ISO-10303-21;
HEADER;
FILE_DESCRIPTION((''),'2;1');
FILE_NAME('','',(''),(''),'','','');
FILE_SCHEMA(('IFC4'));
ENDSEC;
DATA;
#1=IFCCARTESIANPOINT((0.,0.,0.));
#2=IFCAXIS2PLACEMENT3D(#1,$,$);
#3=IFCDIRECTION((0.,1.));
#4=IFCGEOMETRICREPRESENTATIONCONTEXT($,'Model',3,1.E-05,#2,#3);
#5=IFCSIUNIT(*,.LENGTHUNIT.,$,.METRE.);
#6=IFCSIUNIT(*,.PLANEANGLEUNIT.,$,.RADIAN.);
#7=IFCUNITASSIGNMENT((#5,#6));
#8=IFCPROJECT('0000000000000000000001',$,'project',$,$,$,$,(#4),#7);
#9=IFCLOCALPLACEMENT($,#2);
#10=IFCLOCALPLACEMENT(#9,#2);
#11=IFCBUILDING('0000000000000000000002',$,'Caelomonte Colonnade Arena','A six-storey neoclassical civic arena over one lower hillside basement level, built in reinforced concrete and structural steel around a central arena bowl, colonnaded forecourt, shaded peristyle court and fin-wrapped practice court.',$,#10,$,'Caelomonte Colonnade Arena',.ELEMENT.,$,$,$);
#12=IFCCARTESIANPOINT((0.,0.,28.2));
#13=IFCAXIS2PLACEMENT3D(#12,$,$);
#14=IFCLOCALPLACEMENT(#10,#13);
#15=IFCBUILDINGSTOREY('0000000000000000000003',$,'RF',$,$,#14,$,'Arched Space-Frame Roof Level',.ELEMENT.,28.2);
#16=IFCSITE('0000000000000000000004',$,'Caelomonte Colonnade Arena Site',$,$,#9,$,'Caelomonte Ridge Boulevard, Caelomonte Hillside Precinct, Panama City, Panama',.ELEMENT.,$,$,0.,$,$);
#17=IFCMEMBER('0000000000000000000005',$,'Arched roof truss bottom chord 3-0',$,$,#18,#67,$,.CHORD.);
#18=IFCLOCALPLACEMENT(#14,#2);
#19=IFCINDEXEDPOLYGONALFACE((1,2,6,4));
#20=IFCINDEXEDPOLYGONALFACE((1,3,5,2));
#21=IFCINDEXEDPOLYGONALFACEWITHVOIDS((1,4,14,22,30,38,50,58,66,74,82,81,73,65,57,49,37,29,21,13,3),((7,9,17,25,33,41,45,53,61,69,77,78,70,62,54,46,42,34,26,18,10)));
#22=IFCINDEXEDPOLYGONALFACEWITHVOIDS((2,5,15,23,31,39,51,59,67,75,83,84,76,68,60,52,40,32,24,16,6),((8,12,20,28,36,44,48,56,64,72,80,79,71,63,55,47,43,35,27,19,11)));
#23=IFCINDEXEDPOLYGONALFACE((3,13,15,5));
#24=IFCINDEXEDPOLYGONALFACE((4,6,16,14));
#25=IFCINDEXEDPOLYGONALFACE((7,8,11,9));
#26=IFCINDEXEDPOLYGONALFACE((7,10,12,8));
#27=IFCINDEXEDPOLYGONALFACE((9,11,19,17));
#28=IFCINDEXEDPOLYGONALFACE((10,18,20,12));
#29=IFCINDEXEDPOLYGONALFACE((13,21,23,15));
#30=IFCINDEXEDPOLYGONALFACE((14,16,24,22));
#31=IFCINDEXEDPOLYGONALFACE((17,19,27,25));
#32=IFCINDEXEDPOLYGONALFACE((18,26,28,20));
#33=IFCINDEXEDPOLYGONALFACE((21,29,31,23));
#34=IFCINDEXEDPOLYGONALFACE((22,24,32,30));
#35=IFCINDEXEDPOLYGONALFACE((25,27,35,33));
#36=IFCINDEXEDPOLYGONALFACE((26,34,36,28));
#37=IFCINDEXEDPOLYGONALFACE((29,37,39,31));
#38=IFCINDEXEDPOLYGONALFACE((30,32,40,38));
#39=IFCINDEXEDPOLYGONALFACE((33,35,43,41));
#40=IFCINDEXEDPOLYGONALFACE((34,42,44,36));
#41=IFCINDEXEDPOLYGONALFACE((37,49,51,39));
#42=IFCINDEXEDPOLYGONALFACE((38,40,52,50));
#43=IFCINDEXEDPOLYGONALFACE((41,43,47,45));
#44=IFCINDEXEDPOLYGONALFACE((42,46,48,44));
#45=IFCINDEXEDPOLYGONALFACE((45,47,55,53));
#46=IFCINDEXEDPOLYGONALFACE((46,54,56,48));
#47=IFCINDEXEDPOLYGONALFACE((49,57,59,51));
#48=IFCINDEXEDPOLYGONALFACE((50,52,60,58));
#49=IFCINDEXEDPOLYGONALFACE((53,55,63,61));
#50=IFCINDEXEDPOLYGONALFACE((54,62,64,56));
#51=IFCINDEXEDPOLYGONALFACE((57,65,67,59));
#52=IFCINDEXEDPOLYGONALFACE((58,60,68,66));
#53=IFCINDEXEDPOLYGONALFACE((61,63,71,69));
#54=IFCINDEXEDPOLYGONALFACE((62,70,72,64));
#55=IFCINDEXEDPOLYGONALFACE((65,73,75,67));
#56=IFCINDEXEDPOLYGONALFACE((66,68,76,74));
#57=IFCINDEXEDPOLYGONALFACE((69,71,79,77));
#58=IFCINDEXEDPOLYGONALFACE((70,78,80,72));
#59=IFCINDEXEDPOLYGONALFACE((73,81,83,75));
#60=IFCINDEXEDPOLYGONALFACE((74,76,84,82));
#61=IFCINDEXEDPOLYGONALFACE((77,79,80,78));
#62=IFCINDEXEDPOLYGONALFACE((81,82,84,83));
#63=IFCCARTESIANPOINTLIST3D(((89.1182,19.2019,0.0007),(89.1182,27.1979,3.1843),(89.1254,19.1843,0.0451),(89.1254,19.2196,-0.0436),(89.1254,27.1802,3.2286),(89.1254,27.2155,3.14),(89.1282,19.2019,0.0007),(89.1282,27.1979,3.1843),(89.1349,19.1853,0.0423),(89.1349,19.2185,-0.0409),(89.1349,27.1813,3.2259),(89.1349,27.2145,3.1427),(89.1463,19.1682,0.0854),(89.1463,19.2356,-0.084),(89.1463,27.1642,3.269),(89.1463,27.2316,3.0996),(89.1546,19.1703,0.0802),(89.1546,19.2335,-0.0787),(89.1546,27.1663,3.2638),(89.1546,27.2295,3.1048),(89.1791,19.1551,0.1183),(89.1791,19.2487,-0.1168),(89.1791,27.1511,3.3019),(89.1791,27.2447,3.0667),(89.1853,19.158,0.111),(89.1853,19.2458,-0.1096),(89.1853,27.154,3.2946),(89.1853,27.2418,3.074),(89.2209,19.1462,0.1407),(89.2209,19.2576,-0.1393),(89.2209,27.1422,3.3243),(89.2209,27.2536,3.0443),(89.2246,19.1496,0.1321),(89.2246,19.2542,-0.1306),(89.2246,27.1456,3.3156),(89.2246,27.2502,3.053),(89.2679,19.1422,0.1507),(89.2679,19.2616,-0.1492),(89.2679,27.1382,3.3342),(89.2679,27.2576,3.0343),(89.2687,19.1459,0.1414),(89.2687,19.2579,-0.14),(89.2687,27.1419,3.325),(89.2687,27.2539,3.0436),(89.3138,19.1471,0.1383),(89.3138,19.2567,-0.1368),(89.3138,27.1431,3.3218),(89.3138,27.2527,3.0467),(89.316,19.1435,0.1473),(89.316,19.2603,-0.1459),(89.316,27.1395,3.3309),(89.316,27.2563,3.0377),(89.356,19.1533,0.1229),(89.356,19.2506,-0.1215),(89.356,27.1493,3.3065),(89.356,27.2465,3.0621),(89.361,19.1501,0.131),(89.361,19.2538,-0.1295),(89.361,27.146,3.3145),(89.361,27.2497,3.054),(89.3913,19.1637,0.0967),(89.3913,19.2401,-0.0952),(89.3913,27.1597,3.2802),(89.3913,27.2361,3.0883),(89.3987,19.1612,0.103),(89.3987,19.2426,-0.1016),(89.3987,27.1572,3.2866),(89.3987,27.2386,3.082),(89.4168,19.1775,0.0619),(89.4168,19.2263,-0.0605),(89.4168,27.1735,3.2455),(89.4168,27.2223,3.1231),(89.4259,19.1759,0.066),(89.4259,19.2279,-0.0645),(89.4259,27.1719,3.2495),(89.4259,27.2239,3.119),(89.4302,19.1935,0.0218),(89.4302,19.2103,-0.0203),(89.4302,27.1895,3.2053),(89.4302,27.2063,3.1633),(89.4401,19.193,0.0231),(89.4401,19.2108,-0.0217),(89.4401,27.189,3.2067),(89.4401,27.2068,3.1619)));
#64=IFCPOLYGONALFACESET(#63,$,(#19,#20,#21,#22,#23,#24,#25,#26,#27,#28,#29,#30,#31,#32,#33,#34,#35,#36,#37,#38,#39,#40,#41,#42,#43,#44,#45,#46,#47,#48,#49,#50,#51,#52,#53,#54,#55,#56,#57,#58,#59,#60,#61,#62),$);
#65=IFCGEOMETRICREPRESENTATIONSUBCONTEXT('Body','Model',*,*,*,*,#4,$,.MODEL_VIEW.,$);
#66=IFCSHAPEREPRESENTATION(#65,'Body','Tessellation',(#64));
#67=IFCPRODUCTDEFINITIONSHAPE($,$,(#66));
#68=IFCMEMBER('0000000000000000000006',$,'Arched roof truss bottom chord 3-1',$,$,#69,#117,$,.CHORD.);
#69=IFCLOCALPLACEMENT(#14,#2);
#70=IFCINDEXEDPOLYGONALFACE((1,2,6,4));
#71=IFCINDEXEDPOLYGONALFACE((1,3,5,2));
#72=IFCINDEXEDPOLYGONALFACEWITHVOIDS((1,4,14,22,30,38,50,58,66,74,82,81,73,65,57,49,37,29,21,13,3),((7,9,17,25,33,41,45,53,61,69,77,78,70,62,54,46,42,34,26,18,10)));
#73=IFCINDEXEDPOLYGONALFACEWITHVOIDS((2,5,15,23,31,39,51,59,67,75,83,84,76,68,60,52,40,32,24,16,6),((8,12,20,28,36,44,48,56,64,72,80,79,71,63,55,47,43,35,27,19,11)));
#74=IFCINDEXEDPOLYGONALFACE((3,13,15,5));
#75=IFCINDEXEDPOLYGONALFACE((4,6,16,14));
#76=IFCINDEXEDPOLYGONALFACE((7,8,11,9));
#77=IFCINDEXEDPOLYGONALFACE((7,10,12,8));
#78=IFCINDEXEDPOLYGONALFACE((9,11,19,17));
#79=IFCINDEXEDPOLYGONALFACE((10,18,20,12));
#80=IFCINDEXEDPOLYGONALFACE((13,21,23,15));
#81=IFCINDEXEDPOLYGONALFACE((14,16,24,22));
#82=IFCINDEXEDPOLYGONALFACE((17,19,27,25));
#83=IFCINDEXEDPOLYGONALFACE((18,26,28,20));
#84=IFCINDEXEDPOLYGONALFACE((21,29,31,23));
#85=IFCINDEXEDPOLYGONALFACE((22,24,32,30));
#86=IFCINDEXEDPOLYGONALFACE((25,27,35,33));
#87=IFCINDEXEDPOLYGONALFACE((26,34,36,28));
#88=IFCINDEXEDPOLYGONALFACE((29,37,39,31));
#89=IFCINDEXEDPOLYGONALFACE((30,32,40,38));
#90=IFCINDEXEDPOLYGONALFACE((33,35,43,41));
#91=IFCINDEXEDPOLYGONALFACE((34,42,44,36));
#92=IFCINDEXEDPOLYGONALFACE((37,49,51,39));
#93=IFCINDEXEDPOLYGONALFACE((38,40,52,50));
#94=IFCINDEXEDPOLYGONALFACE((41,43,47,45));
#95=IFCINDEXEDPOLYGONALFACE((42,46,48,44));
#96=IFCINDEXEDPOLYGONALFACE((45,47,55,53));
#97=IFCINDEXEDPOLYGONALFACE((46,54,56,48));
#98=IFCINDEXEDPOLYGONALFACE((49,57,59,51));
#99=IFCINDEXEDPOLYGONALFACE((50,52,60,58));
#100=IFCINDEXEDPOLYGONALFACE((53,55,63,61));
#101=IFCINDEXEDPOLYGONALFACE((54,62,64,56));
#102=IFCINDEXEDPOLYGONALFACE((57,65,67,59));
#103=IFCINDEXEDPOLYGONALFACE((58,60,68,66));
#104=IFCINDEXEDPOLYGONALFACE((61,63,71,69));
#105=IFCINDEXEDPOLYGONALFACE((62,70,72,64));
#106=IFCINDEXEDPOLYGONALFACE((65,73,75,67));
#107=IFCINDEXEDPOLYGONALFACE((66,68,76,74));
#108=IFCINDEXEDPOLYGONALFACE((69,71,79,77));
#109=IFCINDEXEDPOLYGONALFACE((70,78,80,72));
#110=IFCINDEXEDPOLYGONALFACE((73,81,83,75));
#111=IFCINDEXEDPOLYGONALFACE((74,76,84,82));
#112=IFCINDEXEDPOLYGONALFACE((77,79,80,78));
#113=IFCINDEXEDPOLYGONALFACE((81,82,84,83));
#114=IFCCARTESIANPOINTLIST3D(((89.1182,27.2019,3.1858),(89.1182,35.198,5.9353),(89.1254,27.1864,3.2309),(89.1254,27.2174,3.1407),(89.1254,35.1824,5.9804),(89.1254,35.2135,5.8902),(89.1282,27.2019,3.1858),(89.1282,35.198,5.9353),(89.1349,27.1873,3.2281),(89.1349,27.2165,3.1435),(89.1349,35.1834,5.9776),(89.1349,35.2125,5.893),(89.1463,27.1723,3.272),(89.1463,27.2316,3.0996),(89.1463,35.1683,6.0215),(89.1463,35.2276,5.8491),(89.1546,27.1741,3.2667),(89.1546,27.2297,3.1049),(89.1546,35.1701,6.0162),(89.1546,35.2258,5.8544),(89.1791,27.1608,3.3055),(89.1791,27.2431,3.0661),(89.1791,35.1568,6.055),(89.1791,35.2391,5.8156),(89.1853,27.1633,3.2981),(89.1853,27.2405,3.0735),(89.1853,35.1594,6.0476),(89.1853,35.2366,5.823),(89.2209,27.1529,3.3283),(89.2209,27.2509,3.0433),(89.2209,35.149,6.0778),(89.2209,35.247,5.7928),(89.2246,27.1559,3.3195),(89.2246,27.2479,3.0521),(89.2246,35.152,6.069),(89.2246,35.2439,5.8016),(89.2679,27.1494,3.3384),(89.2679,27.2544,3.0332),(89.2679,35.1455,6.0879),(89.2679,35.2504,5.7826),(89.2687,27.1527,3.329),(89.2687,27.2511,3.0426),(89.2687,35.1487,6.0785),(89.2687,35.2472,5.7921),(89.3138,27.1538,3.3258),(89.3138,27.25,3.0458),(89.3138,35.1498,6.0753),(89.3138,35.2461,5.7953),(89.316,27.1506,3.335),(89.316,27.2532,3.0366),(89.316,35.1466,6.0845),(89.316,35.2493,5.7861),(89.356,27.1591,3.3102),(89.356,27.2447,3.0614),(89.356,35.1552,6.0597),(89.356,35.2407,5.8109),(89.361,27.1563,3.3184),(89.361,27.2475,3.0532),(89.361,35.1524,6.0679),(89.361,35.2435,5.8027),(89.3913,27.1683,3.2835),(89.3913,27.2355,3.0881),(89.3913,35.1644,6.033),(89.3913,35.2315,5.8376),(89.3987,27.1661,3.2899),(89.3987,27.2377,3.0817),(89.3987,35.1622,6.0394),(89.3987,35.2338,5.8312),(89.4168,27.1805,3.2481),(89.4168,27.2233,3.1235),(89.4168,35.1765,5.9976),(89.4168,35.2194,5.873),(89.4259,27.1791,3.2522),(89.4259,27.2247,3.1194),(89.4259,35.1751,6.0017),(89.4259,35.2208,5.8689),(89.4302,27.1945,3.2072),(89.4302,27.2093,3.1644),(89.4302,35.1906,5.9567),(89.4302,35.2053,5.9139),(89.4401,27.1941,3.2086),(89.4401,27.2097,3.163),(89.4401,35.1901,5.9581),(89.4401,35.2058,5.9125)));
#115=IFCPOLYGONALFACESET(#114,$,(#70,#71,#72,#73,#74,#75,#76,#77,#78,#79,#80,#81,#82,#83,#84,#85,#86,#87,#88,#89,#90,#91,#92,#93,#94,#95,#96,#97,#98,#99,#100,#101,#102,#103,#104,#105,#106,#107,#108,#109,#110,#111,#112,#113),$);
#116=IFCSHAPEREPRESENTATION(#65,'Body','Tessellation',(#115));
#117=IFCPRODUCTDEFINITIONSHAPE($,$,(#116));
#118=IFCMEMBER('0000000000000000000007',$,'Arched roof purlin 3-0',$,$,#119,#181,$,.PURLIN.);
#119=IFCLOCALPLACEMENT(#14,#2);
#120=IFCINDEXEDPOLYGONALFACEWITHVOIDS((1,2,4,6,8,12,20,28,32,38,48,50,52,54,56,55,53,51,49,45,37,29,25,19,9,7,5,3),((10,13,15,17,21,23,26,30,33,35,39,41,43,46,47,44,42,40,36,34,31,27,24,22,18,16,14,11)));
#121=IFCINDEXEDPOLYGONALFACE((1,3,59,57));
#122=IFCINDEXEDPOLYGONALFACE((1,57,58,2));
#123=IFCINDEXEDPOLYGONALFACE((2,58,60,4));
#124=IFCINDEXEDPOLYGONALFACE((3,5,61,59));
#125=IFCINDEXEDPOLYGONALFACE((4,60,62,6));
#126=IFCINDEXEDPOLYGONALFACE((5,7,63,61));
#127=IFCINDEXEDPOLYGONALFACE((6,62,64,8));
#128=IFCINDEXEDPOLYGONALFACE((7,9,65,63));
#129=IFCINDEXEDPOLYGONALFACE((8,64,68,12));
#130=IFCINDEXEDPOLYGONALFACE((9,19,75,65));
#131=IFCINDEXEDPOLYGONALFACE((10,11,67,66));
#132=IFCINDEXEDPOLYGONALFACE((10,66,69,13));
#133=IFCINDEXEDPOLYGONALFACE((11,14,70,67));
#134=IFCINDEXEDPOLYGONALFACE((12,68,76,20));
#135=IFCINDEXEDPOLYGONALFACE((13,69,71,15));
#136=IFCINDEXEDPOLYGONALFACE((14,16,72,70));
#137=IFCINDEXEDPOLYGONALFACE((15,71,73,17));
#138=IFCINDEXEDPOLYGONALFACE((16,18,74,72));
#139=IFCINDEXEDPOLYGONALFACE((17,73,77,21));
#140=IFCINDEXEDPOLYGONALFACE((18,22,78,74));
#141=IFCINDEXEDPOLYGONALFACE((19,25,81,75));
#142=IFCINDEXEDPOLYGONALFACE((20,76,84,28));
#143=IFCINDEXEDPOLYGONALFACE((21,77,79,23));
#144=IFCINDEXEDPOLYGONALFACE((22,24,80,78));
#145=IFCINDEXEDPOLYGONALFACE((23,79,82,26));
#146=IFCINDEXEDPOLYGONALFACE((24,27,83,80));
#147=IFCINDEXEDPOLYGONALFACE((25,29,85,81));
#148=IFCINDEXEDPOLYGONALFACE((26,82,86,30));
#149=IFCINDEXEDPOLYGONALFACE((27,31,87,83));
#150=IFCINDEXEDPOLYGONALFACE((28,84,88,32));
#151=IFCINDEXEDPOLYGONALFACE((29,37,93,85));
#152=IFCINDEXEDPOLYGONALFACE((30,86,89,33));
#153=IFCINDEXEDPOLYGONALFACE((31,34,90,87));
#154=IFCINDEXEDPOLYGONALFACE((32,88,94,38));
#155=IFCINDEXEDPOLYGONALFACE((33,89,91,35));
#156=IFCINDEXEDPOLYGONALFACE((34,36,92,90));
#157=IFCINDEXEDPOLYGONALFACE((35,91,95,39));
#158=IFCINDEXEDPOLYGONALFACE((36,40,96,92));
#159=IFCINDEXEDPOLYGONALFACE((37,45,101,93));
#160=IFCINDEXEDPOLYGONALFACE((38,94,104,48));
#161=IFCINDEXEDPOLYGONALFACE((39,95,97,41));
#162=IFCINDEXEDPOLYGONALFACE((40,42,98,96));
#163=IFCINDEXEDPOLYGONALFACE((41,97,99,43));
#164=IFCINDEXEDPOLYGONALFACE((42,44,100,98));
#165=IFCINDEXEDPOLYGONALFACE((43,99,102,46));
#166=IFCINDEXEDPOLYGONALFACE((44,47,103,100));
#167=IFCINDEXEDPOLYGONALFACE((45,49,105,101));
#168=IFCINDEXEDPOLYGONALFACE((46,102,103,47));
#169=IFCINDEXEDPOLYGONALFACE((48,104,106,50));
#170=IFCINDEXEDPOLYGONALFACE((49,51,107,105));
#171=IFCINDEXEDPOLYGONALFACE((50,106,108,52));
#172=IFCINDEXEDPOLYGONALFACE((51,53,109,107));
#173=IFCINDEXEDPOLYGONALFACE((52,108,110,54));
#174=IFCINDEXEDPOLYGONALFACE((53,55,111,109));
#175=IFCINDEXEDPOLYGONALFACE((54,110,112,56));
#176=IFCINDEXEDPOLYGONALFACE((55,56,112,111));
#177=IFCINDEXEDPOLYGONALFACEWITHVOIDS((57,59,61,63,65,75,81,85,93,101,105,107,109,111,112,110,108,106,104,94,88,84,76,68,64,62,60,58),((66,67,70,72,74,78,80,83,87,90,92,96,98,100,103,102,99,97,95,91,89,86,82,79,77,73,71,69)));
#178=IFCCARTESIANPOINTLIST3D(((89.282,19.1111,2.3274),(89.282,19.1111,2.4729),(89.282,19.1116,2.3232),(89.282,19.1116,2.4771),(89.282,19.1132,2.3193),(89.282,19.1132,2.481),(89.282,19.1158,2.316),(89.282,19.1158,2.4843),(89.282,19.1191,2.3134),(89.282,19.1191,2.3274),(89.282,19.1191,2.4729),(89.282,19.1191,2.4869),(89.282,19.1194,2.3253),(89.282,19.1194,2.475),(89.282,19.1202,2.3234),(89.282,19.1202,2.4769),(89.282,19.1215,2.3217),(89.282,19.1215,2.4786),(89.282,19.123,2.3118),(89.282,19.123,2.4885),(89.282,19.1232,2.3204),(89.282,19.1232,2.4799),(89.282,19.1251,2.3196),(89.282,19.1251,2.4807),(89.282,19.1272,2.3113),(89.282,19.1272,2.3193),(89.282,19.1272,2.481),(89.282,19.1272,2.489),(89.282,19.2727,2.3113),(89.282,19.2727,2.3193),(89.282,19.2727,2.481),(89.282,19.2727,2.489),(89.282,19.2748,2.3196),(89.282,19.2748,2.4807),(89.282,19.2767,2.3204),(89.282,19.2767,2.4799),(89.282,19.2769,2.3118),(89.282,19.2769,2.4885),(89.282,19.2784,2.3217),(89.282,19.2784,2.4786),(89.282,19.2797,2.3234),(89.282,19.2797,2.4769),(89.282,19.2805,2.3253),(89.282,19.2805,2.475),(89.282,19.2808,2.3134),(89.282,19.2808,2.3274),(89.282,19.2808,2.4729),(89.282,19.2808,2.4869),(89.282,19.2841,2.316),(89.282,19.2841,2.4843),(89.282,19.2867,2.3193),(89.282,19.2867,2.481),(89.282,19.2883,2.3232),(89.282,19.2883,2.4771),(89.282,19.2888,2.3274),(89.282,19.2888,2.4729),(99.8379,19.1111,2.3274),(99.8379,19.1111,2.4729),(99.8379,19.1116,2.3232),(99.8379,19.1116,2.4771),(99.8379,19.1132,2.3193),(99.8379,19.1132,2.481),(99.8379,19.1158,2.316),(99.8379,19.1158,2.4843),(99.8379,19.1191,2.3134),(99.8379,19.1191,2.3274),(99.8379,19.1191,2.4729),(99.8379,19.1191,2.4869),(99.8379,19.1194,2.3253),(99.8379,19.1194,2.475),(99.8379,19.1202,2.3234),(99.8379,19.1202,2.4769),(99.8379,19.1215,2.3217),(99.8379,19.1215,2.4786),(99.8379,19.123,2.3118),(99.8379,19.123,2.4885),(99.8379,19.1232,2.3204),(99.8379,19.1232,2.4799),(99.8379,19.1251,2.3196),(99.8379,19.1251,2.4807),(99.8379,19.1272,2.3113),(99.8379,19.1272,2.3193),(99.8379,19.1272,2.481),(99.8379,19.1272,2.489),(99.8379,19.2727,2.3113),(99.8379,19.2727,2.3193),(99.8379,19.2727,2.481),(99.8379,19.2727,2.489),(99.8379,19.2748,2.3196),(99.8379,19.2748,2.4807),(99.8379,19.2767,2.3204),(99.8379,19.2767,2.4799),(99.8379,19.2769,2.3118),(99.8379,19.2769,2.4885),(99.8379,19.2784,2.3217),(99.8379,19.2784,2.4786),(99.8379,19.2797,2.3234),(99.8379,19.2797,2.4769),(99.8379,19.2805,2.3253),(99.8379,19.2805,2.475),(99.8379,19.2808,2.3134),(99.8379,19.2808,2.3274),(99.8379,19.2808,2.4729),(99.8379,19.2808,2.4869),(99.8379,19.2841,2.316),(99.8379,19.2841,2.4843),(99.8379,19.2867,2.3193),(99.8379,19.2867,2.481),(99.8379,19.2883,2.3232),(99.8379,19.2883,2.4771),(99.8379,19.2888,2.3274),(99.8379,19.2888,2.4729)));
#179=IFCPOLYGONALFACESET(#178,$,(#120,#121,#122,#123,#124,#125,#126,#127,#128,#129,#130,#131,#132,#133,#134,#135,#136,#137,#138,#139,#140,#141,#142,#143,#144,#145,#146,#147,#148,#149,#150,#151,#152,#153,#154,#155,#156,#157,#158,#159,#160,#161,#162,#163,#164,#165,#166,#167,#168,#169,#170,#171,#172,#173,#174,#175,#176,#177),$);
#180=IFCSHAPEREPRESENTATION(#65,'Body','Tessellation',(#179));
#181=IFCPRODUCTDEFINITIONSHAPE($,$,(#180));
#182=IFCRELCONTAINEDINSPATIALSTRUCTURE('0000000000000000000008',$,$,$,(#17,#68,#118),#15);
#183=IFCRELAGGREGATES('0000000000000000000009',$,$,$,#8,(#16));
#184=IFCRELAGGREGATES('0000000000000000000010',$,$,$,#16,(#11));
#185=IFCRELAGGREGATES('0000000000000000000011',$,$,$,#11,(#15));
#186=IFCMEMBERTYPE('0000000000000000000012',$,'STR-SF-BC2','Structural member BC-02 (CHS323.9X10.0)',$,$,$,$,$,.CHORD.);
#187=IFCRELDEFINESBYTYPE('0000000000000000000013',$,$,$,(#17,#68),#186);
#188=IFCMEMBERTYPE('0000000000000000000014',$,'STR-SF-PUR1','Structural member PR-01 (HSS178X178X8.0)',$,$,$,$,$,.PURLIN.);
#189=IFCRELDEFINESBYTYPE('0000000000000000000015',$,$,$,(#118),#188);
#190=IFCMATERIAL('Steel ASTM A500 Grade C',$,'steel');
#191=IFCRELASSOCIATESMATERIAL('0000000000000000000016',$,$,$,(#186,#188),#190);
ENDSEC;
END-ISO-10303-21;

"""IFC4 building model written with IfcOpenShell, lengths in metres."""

from ifc_helpers import new_model, si_unit, direction, frame, origin, origin_2d, place, context, subcontext, project, spatial, hollow_rectangle, hollow_circle, extrude, material, material_profile, profile_set, type_object, element, save


model = new_model("IFC4")

# Units and contexts
model_context = context("Model", 3, precision=1e-05, world=origin(), true_north=direction((0.0, 1.0)))
body_context = subcontext(model_context, "Body", "Model", "MODEL_VIEW")
ifc_project = project(units=[si_unit("LENGTHUNIT", "METRE"), si_unit("PLANEANGLEUNIT", "RADIAN")], contexts=[model_context])

# Site, building, storey
site_placement = place(None, origin())
site = spatial("IfcSite", under=ifc_project, at=site_placement, Name="Caelomonte Colonnade Arena Site", LongName="Caelomonte Ridge Boulevard, Caelomonte Hillside Precinct, Panama City, Panama", CompositionType="ELEMENT", RefElevation=0.0)
building_placement = place(site_placement, origin())
building = spatial("IfcBuilding", under=site, at=building_placement, Name="Caelomonte Colonnade Arena", Description="A six-storey neoclassical civic arena over one lower hillside basement level, built in reinforced concrete and structural steel around a central arena bowl, colonnaded forecourt, shaded peristyle court and fin-wrapped practice court.", LongName="Caelomonte Colonnade Arena", CompositionType="ELEMENT")
storey_placement = place(building_placement, frame((0.0, 0.0, 28.2)))
storey = spatial("IfcBuildingStorey", under=building, at=storey_placement, Name="RF", LongName="Arched Space-Frame Roof Level", CompositionType="ELEMENT", Elevation=28.2)

# Members
ifc_material_1 = material(Name="Steel ASTM A500 Grade C", Category="steel")
ifc_material_profile_1 = material_profile(ifc_material_1, hollow_circle(Radius=0.1619, WallThickness=0.01, at=origin_2d()), Name="CHS323.9X10.0")
ifc_profile_set_1 = profile_set([ifc_material_profile_1], Name="Steel ASTM A500 Grade C")
member_type_1 = type_object("IfcMemberType", Name="STR-SF-BC2", Description="Structural member BC-02 (CHS323.9X10.0)", PredefinedType="CHORD", material=ifc_profile_set_1)
member_1_placement = place(storey_placement, frame((89.28, 19.2019, 0.0007), z_axis=(0.0, 0.92907, 0.369903), x_axis=(-1.0, 0.0, 0.0)))
element("IfcMember", 1, at=member_1_placement, inside=storey, type_object=member_type_1, Name="Arched roof truss bottom chord 3-0", PredefinedType="CHORD", context=body_context, shape_type="SweptSolid", body=[
    extrude(hollow_circle(Radius=0.1619, WallThickness=0.01, at=origin_2d()), origin(), (0.0, 0.0, 1.0), 8.6064),
])
member_2_placement = place(storey_placement, frame((89.28, 27.2019, 3.1858), z_axis=(0.0, 0.945656, 0.32517), x_axis=(-1.0, 0.0, 0.0)))
element("IfcMember", 2, at=member_2_placement, inside=storey, type_object=member_type_1, Name="Arched roof truss bottom chord 3-1", PredefinedType="CHORD", context=body_context, shape_type="SweptSolid", body=[
    extrude(hollow_circle(Radius=0.1619, WallThickness=0.01, at=origin_2d()), origin(), (0.0, 0.0, 1.0), 8.4556),
])
ifc_material_profile_2 = material_profile(ifc_material_1, hollow_rectangle(XDim=0.1777, YDim=0.1777, WallThickness=0.0081, InnerFilletRadius=0.0081, OuterFilletRadius=0.0161, at=origin_2d()), Name="HSS178X178X8.0")
ifc_profile_set_2 = profile_set([ifc_material_profile_2], Name="Steel ASTM A500 Grade C")
member_type_2 = type_object("IfcMemberType", Name="STR-SF-PUR1", Description="Structural member PR-01 (HSS178X178X8.0)", PredefinedType="PURLIN", material=ifc_profile_set_2)
member_3_placement = place(storey_placement, frame((89.282, 19.2, 2.4001), z_axis=(1.0, 0.0, 0.0), x_axis=(0.0, 1.0, 0.0)))
element("IfcMember", 3, at=member_3_placement, inside=storey, type_object=member_type_2, Name="Arched roof purlin 3-0", PredefinedType="PURLIN", context=body_context, shape_type="SweptSolid", body=[
    extrude(hollow_rectangle(XDim=0.1777, YDim=0.1777, WallThickness=0.0081, InnerFilletRadius=0.0081, OuterFilletRadius=0.0161, at=origin_2d()), origin(), (0.0, 0.0, 1.0), 10.5559),
])

save(model, "model.ifc")
